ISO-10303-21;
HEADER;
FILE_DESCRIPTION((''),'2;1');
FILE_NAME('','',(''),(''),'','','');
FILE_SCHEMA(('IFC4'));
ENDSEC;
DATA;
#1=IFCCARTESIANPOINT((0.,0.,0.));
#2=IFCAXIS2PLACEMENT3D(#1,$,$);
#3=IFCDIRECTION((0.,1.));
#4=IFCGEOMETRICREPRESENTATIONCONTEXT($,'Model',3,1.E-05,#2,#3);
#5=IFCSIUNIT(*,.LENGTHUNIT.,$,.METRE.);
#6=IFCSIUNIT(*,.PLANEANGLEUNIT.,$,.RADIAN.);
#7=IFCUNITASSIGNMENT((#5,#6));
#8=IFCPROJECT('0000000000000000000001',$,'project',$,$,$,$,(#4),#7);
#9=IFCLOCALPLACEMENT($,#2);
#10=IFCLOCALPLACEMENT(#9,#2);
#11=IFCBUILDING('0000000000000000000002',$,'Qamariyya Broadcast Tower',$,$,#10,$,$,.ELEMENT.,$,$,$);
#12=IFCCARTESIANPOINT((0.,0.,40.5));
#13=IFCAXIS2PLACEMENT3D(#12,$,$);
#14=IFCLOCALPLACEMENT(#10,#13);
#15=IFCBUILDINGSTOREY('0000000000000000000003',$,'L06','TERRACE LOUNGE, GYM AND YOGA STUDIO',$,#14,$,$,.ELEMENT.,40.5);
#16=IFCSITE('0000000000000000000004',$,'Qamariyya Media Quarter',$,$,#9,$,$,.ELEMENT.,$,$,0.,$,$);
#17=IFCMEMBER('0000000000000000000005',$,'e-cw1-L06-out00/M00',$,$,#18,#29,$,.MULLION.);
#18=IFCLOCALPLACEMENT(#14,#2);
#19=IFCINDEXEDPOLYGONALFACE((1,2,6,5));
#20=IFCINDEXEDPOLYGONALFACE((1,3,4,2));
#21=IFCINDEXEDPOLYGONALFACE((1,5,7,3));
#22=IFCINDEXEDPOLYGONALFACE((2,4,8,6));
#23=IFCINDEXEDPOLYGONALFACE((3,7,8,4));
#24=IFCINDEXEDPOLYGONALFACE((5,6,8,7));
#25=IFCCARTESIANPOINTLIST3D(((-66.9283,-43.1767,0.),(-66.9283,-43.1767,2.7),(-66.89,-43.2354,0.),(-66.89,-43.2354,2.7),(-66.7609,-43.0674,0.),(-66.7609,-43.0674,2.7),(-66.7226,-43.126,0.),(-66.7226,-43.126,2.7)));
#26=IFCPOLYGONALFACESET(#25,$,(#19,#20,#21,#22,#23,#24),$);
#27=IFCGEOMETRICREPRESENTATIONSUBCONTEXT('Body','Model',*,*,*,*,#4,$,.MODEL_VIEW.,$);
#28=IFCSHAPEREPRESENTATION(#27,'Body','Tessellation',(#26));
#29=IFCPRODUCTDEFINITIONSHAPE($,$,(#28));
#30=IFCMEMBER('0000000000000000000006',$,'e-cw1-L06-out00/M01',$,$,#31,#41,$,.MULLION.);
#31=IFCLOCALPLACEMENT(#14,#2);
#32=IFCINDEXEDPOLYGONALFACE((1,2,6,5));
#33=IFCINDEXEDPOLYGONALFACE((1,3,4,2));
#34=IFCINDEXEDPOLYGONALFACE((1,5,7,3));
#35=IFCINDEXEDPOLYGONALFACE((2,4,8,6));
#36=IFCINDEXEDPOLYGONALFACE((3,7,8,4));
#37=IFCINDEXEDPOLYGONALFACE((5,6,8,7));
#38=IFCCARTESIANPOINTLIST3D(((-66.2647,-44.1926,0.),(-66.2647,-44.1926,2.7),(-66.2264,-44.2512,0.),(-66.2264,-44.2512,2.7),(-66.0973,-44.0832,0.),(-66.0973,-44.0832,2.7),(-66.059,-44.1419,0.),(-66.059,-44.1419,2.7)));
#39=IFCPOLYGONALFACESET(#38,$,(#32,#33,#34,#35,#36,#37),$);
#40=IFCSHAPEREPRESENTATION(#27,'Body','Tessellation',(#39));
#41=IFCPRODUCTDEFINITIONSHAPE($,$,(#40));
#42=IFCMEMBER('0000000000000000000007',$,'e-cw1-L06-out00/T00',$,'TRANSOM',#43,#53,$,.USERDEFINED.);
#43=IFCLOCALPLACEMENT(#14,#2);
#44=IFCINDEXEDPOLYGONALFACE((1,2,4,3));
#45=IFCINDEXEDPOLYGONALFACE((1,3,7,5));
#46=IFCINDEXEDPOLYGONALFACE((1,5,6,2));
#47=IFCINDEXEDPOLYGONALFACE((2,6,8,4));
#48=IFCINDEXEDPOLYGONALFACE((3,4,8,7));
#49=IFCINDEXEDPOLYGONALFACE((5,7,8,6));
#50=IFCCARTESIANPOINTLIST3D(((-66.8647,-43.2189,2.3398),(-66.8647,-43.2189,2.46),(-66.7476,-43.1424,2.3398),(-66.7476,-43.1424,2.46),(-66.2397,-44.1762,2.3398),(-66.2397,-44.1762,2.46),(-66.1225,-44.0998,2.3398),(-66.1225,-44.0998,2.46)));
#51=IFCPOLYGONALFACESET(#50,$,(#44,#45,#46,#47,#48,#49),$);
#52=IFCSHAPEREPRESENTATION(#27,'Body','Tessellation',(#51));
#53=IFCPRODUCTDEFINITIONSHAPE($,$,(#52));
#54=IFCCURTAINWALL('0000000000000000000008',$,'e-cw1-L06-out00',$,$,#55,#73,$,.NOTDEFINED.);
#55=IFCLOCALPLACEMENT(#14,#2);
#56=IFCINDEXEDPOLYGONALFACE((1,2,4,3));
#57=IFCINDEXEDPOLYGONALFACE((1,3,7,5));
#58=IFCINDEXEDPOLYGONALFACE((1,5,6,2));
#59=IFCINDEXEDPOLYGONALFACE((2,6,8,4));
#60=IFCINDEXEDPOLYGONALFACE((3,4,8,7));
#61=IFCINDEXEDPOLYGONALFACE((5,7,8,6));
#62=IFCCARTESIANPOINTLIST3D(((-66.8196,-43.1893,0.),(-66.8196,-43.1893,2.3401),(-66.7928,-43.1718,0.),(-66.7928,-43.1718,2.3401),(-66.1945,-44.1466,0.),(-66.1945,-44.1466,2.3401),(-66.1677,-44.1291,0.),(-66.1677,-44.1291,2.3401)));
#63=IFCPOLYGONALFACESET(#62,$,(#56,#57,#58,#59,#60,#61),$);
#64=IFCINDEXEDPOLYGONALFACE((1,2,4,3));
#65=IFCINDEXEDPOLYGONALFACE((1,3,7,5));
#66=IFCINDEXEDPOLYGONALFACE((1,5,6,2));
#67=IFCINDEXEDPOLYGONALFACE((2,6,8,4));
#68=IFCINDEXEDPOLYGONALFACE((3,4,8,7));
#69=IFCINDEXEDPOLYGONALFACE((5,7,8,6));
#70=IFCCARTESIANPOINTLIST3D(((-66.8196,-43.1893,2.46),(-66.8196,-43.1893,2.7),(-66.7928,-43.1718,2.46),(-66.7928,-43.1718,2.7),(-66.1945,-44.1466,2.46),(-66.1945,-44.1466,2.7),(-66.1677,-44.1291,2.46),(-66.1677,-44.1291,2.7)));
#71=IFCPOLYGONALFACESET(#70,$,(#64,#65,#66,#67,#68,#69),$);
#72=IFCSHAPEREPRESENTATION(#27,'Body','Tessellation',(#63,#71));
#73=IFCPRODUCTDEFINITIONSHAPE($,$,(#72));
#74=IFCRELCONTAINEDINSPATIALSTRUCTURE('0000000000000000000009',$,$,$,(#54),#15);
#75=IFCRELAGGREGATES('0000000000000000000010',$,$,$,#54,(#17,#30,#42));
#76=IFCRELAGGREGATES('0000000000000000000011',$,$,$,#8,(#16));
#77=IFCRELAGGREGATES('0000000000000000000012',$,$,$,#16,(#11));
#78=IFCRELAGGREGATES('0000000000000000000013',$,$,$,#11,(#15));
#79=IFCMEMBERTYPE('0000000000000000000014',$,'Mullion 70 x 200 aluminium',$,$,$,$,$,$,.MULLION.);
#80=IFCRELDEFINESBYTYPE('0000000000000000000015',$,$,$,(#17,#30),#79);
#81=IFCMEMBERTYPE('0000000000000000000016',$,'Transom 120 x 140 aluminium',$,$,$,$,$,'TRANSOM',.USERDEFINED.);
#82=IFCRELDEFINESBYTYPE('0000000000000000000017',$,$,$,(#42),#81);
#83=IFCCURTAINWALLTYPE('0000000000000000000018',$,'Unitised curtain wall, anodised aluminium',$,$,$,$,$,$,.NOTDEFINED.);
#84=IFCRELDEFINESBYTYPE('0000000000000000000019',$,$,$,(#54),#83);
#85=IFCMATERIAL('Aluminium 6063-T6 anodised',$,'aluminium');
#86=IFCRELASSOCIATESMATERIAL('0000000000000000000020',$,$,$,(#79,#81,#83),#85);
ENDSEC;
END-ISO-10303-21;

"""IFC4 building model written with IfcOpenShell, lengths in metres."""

from ifc_helpers import new_model, si_unit, direction, frame, origin, origin_2d, place, context, subcontext, project, spatial, rectangle, extrude, material, material_profile, profile_set, type_object, element, aggregate, save


model = new_model("IFC4")

# Units and contexts
model_context = context("Model", 3, precision=1e-05, world=origin(), true_north=direction((0.0, 1.0)))
body_context = subcontext(model_context, "Body", "Model", "MODEL_VIEW")
ifc_project = project(units=[si_unit("LENGTHUNIT", "METRE"), si_unit("PLANEANGLEUNIT", "RADIAN")], contexts=[model_context])

# Members
ifc_material = material(Name="Aluminium 6063-T6 anodised", Category="aluminium")
ifc_material_profile_1 = material_profile(ifc_material, rectangle(XDim=0.2, YDim=0.0701, at=origin_2d()))
ifc_profile_set_1 = profile_set([ifc_material_profile_1], Name="Aluminium 6063-T6 anodised")
member_type_1 = type_object("IfcMemberType", Name="Mullion 70 x 200 aluminium", PredefinedType="MULLION", material=ifc_profile_set_1)
site_placement = place(None, origin())
building_placement = place(site_placement, origin())
storey_placement = place(building_placement, frame((0.0, 0.0, 40.5)))
member_1_placement = place(storey_placement, frame((-66.8254, -43.1514, 0.0), z_axis=(0.0, 0.0, 1.0), x_axis=(0.837242, 0.546833, 0.0)))
member_1 = element("IfcMember", 1, at=member_1_placement, type_object=member_type_1, Name="e-cw1-L06-out00/M00", PredefinedType="MULLION", context=body_context, shape_type="SweptSolid", body=[
    extrude(rectangle(XDim=0.2, YDim=0.0701, at=origin_2d()), origin(), (0.0, 0.0, 1.0), 2.7),
])
member_2_placement = place(storey_placement, frame((-66.1619, -44.1672, 0.0), z_axis=(0.0, 0.0, 1.0), x_axis=(0.837242, 0.546833, 0.0)))
member_2 = element("IfcMember", 2, at=member_2_placement, type_object=member_type_1, Name="e-cw1-L06-out00/M01", PredefinedType="MULLION", context=body_context, shape_type="SweptSolid", body=[
    extrude(rectangle(XDim=0.2, YDim=0.0701, at=origin_2d()), origin(), (0.0, 0.0, 1.0), 2.7),
])
ifc_material_profile_2 = material_profile(ifc_material, rectangle(XDim=0.1399, YDim=0.1201, at=origin_2d()))
ifc_profile_set_2 = profile_set([ifc_material_profile_2], Name="Aluminium 6063-T6 anodised")
member_type_2 = type_object("IfcMemberType", Name="Transom 120 x 140 aluminium", ElementType="TRANSOM", PredefinedType="USERDEFINED", material=ifc_profile_set_2)
member_3_placement = place(storey_placement, frame((-66.8062, -43.1807, 2.3999), z_axis=(0.546691, -0.837334, 0.0), x_axis=(0.837334, 0.546691, 0.0)))
member_3 = element("IfcMember", 3, at=member_3_placement, type_object=member_type_2, Name="e-cw1-L06-out00/T00", ObjectType="TRANSOM", PredefinedType="USERDEFINED", context=body_context, shape_type="SweptSolid", body=[
    extrude(rectangle(XDim=0.1399, YDim=0.1201, at=origin_2d()), origin(), (0.0, 0.0, 1.0), 1.1433),
])

# Site, building, storey
site = spatial("IfcSite", under=ifc_project, at=site_placement, Name="Qamariyya Media Quarter", CompositionType="ELEMENT", RefElevation=0.0)
building = spatial("IfcBuilding", under=site, at=building_placement, Name="Qamariyya Broadcast Tower", CompositionType="ELEMENT")
storey = spatial("IfcBuildingStorey", under=building, at=storey_placement, Name="L06", Description="TERRACE LOUNGE, GYM AND YOGA STUDIO", CompositionType="ELEMENT", Elevation=40.5)

# Curtain wall
curtain_wall_type = type_object("IfcCurtainWallType", Name="Unitised curtain wall, anodised aluminium", PredefinedType="NOTDEFINED", material=ifc_material)
curtain_wall_1_placement = place(storey_placement, origin())
curtain_wall_1 = element("IfcCurtainWall", 4, at=curtain_wall_1_placement, inside=storey, type_object=curtain_wall_type, Name="e-cw1-L06-out00", PredefinedType="NOTDEFINED", context=body_context, shape_type="SweptSolid", body=[
    extrude(rectangle(XDim=1.1433, YDim=0.032, at=origin_2d()), frame((-66.4937, -43.6592, 0.0), x_axis=(0.546773, -0.837281, 0.0)), (0.0, 0.0, 1.0), 2.3401),
    extrude(rectangle(XDim=1.1433, YDim=0.032, at=origin_2d()), frame((-66.4937, -43.6592, 2.46), x_axis=(0.546773, -0.837281, 0.0)), (0.0, 0.0, 1.0), 0.24),
])
aggregate(curtain_wall_1, [member_1, member_2, member_3])

save(model, "model.ifc")
